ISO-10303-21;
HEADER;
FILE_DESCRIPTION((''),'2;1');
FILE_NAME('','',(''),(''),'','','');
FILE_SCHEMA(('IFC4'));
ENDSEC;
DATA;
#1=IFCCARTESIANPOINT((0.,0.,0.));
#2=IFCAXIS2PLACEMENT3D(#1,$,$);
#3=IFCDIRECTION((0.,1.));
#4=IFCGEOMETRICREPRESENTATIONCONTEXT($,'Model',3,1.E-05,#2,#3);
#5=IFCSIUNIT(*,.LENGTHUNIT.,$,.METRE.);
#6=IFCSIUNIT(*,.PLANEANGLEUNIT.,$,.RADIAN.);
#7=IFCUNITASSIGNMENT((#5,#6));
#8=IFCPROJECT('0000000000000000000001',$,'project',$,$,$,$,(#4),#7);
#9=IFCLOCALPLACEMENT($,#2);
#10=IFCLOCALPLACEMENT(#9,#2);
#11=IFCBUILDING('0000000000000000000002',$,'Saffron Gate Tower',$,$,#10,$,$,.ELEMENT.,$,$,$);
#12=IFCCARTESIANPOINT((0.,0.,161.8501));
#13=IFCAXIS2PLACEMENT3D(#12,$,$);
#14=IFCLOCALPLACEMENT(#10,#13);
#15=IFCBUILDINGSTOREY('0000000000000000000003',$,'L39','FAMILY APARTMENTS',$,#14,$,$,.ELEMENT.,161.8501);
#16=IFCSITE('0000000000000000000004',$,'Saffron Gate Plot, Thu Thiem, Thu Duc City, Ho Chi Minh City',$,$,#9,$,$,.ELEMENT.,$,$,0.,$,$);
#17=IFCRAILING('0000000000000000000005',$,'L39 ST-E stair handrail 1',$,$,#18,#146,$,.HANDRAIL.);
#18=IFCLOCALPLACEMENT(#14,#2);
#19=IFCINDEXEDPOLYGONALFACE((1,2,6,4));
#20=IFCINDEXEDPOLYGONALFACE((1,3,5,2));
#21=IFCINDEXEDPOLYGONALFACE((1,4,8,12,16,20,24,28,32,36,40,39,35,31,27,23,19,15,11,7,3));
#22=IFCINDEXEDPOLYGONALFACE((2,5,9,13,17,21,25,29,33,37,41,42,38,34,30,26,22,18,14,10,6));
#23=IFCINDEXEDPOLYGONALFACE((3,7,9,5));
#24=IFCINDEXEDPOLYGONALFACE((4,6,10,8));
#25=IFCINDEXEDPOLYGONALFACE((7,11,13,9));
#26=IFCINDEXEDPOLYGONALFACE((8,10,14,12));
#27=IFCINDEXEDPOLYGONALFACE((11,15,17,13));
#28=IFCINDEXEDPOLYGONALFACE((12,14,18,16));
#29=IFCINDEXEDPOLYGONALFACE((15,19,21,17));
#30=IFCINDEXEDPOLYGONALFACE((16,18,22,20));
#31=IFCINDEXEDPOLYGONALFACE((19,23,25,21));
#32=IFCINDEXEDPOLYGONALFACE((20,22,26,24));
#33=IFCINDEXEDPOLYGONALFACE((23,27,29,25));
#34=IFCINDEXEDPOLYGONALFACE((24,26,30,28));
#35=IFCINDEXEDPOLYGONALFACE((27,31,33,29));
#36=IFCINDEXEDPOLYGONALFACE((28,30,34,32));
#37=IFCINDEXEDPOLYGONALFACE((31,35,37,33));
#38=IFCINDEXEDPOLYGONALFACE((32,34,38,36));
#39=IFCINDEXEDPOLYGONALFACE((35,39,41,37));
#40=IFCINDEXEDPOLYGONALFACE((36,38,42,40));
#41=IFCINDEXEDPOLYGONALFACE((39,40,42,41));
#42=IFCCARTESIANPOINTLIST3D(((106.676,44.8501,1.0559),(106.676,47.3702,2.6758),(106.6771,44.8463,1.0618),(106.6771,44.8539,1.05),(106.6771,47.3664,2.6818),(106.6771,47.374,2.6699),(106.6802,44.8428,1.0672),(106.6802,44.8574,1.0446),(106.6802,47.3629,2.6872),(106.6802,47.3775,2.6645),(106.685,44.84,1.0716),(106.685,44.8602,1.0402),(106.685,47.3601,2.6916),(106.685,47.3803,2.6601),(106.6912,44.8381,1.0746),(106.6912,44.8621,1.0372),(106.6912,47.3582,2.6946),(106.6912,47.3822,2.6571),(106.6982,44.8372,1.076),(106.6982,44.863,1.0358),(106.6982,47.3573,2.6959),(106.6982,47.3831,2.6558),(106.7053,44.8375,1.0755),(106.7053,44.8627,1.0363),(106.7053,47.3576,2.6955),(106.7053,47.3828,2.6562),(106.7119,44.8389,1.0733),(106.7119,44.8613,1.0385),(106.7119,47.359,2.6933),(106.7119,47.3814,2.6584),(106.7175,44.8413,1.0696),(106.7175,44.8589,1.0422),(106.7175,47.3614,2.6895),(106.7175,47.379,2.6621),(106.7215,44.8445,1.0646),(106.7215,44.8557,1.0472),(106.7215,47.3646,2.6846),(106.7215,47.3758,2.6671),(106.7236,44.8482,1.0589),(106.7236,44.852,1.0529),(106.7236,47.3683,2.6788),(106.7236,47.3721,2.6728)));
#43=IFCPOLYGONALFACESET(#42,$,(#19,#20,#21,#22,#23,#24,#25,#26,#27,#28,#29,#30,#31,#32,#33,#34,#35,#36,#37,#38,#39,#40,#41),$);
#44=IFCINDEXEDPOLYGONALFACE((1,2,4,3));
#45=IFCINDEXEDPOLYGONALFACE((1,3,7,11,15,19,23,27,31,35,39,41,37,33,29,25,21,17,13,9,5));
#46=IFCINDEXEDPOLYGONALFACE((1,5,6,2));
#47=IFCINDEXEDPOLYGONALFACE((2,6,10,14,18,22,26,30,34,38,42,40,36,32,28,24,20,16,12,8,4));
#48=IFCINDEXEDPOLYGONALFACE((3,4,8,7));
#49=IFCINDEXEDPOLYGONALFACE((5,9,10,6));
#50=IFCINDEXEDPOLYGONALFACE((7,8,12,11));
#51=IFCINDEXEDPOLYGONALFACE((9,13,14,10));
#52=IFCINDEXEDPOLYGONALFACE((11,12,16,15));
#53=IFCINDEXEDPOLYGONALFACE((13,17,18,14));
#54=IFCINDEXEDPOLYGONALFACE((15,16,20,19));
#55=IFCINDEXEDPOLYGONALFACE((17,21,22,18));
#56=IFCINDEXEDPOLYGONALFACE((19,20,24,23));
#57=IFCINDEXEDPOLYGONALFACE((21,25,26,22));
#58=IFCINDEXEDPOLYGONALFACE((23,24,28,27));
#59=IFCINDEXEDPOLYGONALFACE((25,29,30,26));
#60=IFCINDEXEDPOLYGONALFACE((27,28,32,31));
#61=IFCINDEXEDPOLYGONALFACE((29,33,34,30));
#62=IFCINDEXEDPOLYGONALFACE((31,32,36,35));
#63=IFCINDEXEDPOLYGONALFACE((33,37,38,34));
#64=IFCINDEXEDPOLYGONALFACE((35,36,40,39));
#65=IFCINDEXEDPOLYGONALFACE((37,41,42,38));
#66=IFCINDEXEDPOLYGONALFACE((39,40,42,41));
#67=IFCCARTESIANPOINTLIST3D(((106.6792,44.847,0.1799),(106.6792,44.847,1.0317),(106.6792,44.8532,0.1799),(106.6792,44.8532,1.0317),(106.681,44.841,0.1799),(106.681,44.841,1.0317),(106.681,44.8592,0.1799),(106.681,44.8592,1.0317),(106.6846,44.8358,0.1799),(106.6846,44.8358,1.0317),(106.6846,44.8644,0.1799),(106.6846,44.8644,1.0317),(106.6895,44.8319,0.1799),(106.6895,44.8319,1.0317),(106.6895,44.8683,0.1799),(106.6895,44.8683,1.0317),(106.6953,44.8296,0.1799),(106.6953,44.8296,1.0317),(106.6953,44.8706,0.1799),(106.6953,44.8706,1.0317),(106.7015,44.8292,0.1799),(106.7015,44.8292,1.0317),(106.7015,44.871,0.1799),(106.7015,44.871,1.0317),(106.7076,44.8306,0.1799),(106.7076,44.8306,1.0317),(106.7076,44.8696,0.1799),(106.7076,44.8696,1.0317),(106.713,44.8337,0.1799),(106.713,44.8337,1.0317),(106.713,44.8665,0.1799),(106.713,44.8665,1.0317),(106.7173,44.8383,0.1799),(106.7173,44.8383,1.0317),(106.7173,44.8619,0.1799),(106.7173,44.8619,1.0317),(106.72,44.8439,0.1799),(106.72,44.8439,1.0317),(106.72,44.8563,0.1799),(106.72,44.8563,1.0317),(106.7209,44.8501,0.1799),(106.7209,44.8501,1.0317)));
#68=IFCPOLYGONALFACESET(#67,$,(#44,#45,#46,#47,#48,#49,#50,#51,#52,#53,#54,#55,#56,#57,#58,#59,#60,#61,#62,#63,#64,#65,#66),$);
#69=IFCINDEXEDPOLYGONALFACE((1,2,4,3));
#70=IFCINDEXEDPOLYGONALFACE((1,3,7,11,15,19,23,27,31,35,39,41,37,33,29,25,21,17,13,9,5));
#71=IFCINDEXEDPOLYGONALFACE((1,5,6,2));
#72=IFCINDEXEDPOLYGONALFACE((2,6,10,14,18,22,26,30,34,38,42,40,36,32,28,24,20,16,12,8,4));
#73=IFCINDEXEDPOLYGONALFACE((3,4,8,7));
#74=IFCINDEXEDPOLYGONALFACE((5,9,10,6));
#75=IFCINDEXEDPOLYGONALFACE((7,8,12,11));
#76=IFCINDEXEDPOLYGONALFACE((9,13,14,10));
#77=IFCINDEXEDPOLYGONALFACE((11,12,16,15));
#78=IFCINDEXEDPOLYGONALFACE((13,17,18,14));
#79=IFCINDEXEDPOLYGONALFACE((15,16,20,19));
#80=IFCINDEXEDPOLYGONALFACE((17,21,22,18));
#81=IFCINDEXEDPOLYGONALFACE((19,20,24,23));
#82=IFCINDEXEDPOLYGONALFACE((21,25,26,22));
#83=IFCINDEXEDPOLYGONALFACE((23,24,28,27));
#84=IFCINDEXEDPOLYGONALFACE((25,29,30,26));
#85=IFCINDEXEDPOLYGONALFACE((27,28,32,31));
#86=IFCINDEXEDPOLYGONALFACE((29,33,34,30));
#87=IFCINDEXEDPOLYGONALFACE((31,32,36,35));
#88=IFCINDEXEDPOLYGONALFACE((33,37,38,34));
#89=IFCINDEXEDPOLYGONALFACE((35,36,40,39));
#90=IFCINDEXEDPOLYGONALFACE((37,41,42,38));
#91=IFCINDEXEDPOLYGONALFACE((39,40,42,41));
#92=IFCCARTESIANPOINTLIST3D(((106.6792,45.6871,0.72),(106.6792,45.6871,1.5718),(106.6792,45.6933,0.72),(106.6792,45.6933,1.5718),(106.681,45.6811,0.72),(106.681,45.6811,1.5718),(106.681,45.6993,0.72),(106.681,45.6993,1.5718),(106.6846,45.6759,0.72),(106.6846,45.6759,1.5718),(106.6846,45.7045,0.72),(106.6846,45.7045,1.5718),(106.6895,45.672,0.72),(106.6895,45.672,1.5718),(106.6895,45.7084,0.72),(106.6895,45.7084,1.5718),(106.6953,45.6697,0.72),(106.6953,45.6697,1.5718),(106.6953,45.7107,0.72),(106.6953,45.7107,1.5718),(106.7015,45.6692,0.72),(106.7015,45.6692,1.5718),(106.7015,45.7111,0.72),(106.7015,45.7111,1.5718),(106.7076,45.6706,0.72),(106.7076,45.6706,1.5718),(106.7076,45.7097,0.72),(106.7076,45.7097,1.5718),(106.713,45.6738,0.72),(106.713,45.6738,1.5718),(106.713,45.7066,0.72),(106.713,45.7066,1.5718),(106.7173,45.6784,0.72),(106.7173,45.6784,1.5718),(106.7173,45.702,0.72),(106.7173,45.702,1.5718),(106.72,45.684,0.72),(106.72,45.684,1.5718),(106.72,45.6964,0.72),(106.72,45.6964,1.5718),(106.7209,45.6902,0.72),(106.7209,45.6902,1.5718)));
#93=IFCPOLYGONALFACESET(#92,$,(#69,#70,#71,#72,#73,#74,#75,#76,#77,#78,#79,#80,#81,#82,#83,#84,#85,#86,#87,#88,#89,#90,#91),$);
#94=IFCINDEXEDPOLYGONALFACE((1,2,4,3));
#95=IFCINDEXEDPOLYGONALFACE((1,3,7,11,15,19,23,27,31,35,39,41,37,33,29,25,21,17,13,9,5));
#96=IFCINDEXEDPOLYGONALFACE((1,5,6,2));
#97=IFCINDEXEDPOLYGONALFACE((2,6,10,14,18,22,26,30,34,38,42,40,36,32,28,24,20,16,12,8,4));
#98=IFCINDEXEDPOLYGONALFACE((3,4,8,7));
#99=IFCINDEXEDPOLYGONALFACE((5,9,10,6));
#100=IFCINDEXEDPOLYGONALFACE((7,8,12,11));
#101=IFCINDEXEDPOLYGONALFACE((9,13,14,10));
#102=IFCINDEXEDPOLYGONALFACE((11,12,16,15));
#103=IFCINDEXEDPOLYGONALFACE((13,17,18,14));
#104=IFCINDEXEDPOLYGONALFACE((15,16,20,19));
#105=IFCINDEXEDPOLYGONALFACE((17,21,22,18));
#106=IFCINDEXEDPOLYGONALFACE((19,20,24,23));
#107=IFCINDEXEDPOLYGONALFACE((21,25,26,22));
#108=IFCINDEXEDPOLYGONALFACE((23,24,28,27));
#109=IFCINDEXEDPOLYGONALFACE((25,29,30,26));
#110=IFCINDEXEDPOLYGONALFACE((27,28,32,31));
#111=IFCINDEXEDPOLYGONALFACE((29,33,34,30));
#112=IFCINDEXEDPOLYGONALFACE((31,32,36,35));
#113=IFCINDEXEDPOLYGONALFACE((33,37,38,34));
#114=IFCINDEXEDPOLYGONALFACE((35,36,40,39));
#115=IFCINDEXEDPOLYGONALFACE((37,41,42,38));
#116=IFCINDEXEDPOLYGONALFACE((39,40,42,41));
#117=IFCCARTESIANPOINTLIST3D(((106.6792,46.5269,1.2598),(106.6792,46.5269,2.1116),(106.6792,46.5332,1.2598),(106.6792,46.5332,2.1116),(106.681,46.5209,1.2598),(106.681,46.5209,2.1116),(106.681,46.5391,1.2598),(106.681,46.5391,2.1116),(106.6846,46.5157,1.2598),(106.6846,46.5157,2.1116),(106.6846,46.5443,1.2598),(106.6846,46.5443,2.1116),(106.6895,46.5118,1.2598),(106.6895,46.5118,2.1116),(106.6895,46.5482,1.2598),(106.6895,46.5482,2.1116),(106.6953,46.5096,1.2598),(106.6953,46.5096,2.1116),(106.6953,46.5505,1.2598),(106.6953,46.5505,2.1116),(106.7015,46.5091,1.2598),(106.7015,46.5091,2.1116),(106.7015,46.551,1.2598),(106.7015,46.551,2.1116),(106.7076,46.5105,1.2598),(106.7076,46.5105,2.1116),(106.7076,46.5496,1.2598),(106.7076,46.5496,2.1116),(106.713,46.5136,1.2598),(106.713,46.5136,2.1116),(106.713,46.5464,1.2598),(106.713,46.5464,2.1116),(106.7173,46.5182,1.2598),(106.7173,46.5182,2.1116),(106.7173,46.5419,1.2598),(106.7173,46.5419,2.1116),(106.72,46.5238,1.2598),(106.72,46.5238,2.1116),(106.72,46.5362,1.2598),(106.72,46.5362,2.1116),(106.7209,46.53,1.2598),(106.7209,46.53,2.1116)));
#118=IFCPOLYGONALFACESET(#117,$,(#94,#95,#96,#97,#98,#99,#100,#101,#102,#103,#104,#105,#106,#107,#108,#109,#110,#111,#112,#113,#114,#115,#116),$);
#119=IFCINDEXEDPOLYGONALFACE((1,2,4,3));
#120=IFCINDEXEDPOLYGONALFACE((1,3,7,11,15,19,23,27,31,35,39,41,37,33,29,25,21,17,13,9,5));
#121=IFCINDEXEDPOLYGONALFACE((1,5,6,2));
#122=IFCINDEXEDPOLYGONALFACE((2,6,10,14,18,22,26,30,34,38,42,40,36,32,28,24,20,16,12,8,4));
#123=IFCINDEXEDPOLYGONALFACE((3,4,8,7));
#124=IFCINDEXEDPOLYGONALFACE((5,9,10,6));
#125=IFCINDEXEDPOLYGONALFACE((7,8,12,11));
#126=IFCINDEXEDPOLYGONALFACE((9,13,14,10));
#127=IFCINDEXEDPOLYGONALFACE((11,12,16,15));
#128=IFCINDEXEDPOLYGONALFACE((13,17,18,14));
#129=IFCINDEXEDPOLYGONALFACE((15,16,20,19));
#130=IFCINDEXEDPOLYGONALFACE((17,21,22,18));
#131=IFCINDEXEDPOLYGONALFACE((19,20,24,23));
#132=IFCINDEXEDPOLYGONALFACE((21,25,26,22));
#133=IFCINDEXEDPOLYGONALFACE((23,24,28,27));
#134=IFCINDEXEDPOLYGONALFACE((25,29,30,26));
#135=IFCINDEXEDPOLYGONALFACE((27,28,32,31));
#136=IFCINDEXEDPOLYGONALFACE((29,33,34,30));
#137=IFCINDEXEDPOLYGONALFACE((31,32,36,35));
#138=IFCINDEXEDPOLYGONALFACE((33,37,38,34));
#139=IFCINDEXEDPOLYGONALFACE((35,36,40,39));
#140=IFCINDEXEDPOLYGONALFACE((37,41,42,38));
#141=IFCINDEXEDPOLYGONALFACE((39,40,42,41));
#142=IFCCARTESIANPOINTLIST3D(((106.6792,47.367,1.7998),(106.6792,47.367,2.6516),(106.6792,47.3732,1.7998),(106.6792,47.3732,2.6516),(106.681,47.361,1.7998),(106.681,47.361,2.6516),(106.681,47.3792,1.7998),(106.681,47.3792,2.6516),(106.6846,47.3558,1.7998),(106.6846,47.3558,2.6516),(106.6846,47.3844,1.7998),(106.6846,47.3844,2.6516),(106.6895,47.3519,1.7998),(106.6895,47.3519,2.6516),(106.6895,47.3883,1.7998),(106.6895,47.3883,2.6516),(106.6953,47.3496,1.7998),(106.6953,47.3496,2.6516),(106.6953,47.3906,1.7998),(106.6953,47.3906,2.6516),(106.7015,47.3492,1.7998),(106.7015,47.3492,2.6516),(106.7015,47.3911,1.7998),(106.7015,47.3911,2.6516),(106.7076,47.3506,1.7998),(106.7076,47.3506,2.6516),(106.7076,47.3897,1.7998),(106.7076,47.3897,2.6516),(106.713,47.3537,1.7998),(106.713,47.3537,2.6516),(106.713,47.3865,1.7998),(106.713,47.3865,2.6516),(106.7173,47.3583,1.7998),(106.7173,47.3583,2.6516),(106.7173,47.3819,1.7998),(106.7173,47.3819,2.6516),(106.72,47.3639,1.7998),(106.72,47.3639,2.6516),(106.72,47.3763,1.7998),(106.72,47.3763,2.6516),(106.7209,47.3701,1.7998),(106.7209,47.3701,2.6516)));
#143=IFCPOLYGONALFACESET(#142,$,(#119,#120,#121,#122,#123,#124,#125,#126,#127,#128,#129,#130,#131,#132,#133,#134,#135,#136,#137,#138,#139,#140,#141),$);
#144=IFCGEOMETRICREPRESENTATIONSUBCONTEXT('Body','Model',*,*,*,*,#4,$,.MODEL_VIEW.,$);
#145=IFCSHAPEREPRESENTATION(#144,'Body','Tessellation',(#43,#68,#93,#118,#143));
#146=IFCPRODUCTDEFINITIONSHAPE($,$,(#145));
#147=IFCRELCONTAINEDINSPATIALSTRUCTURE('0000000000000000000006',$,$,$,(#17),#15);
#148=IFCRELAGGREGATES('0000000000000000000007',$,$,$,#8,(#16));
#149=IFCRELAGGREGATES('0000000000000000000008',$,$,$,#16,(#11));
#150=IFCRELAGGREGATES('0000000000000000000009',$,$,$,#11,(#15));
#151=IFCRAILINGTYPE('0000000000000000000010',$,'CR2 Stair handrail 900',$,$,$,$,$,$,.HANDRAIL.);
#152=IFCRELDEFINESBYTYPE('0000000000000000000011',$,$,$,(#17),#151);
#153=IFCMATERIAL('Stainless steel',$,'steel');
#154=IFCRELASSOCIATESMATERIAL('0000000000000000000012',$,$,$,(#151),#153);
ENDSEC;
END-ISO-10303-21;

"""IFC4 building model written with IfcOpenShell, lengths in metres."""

from ifc_helpers import new_model, si_unit, direction, frame, origin, origin_2d, place, context, subcontext, project, spatial, circle, extrude, material, type_object, element, save


model = new_model("IFC4")

# Units and contexts
model_context = context("Model", 3, precision=1e-05, world=origin(), true_north=direction((0.0, 1.0)))
body_context = subcontext(model_context, "Body", "Model", "MODEL_VIEW")
ifc_project = project(units=[si_unit("LENGTHUNIT", "METRE"), si_unit("PLANEANGLEUNIT", "RADIAN")], contexts=[model_context])

# Site, building, storey
site_placement = place(None, origin())
site = spatial("IfcSite", under=ifc_project, at=site_placement, Name="Saffron Gate Plot, Thu Thiem, Thu Duc City, Ho Chi Minh City", CompositionType="ELEMENT", RefElevation=0.0)
building_placement = place(site_placement, origin())
building = spatial("IfcBuilding", under=site, at=building_placement, Name="Saffron Gate Tower", CompositionType="ELEMENT")
storey_placement = place(building_placement, frame((0.0, 0.0, 161.8501)))
storey = spatial("IfcBuildingStorey", under=building, at=storey_placement, Name="L39", Description="FAMILY APARTMENTS", CompositionType="ELEMENT", Elevation=161.8501)

# Railing
ifc_material_1 = material(Name="Stainless steel", Category="steel")
railing_type_1 = type_object("IfcRailingType", Name="CR2 Stair handrail 900", PredefinedType="HANDRAIL", material=ifc_material_1)
railing_1_placement = place(storey_placement, frame((106.7, 44.8501, 0.1799)))
element("IfcRailing", 1, at=railing_1_placement, inside=storey, type_object=railing_type_1, Name="L39 ST-E stair handrail 1", PredefinedType="HANDRAIL", context=body_context, shape_type="SweptSolid", body=[
    extrude(circle(Radius=0.0239, at=origin_2d()), frame((0.0, 0.0, 0.876), z_axis=(0.0, 0.8412, 0.540725), x_axis=(-1.0, 0.0, 0.0)), (0.0, 0.0, 1.0), 2.9958),
    extrude(circle(Radius=0.021, at=origin_2d()), origin(), (0.0, 0.0, 1.0), 0.8518),
    extrude(circle(Radius=0.021, at=origin_2d()), frame((0.0, 0.8401, 0.54)), (0.0, 0.0, 1.0), 0.8518),
    extrude(circle(Radius=0.021, at=origin_2d()), frame((0.0, 1.6799, 1.0798)), (0.0, 0.0, 1.0), 0.8518),
    extrude(circle(Radius=0.021, at=origin_2d()), frame((0.0, 2.52, 1.6199)), (0.0, 0.0, 1.0), 0.8518),
])

save(model, "model.ifc")
